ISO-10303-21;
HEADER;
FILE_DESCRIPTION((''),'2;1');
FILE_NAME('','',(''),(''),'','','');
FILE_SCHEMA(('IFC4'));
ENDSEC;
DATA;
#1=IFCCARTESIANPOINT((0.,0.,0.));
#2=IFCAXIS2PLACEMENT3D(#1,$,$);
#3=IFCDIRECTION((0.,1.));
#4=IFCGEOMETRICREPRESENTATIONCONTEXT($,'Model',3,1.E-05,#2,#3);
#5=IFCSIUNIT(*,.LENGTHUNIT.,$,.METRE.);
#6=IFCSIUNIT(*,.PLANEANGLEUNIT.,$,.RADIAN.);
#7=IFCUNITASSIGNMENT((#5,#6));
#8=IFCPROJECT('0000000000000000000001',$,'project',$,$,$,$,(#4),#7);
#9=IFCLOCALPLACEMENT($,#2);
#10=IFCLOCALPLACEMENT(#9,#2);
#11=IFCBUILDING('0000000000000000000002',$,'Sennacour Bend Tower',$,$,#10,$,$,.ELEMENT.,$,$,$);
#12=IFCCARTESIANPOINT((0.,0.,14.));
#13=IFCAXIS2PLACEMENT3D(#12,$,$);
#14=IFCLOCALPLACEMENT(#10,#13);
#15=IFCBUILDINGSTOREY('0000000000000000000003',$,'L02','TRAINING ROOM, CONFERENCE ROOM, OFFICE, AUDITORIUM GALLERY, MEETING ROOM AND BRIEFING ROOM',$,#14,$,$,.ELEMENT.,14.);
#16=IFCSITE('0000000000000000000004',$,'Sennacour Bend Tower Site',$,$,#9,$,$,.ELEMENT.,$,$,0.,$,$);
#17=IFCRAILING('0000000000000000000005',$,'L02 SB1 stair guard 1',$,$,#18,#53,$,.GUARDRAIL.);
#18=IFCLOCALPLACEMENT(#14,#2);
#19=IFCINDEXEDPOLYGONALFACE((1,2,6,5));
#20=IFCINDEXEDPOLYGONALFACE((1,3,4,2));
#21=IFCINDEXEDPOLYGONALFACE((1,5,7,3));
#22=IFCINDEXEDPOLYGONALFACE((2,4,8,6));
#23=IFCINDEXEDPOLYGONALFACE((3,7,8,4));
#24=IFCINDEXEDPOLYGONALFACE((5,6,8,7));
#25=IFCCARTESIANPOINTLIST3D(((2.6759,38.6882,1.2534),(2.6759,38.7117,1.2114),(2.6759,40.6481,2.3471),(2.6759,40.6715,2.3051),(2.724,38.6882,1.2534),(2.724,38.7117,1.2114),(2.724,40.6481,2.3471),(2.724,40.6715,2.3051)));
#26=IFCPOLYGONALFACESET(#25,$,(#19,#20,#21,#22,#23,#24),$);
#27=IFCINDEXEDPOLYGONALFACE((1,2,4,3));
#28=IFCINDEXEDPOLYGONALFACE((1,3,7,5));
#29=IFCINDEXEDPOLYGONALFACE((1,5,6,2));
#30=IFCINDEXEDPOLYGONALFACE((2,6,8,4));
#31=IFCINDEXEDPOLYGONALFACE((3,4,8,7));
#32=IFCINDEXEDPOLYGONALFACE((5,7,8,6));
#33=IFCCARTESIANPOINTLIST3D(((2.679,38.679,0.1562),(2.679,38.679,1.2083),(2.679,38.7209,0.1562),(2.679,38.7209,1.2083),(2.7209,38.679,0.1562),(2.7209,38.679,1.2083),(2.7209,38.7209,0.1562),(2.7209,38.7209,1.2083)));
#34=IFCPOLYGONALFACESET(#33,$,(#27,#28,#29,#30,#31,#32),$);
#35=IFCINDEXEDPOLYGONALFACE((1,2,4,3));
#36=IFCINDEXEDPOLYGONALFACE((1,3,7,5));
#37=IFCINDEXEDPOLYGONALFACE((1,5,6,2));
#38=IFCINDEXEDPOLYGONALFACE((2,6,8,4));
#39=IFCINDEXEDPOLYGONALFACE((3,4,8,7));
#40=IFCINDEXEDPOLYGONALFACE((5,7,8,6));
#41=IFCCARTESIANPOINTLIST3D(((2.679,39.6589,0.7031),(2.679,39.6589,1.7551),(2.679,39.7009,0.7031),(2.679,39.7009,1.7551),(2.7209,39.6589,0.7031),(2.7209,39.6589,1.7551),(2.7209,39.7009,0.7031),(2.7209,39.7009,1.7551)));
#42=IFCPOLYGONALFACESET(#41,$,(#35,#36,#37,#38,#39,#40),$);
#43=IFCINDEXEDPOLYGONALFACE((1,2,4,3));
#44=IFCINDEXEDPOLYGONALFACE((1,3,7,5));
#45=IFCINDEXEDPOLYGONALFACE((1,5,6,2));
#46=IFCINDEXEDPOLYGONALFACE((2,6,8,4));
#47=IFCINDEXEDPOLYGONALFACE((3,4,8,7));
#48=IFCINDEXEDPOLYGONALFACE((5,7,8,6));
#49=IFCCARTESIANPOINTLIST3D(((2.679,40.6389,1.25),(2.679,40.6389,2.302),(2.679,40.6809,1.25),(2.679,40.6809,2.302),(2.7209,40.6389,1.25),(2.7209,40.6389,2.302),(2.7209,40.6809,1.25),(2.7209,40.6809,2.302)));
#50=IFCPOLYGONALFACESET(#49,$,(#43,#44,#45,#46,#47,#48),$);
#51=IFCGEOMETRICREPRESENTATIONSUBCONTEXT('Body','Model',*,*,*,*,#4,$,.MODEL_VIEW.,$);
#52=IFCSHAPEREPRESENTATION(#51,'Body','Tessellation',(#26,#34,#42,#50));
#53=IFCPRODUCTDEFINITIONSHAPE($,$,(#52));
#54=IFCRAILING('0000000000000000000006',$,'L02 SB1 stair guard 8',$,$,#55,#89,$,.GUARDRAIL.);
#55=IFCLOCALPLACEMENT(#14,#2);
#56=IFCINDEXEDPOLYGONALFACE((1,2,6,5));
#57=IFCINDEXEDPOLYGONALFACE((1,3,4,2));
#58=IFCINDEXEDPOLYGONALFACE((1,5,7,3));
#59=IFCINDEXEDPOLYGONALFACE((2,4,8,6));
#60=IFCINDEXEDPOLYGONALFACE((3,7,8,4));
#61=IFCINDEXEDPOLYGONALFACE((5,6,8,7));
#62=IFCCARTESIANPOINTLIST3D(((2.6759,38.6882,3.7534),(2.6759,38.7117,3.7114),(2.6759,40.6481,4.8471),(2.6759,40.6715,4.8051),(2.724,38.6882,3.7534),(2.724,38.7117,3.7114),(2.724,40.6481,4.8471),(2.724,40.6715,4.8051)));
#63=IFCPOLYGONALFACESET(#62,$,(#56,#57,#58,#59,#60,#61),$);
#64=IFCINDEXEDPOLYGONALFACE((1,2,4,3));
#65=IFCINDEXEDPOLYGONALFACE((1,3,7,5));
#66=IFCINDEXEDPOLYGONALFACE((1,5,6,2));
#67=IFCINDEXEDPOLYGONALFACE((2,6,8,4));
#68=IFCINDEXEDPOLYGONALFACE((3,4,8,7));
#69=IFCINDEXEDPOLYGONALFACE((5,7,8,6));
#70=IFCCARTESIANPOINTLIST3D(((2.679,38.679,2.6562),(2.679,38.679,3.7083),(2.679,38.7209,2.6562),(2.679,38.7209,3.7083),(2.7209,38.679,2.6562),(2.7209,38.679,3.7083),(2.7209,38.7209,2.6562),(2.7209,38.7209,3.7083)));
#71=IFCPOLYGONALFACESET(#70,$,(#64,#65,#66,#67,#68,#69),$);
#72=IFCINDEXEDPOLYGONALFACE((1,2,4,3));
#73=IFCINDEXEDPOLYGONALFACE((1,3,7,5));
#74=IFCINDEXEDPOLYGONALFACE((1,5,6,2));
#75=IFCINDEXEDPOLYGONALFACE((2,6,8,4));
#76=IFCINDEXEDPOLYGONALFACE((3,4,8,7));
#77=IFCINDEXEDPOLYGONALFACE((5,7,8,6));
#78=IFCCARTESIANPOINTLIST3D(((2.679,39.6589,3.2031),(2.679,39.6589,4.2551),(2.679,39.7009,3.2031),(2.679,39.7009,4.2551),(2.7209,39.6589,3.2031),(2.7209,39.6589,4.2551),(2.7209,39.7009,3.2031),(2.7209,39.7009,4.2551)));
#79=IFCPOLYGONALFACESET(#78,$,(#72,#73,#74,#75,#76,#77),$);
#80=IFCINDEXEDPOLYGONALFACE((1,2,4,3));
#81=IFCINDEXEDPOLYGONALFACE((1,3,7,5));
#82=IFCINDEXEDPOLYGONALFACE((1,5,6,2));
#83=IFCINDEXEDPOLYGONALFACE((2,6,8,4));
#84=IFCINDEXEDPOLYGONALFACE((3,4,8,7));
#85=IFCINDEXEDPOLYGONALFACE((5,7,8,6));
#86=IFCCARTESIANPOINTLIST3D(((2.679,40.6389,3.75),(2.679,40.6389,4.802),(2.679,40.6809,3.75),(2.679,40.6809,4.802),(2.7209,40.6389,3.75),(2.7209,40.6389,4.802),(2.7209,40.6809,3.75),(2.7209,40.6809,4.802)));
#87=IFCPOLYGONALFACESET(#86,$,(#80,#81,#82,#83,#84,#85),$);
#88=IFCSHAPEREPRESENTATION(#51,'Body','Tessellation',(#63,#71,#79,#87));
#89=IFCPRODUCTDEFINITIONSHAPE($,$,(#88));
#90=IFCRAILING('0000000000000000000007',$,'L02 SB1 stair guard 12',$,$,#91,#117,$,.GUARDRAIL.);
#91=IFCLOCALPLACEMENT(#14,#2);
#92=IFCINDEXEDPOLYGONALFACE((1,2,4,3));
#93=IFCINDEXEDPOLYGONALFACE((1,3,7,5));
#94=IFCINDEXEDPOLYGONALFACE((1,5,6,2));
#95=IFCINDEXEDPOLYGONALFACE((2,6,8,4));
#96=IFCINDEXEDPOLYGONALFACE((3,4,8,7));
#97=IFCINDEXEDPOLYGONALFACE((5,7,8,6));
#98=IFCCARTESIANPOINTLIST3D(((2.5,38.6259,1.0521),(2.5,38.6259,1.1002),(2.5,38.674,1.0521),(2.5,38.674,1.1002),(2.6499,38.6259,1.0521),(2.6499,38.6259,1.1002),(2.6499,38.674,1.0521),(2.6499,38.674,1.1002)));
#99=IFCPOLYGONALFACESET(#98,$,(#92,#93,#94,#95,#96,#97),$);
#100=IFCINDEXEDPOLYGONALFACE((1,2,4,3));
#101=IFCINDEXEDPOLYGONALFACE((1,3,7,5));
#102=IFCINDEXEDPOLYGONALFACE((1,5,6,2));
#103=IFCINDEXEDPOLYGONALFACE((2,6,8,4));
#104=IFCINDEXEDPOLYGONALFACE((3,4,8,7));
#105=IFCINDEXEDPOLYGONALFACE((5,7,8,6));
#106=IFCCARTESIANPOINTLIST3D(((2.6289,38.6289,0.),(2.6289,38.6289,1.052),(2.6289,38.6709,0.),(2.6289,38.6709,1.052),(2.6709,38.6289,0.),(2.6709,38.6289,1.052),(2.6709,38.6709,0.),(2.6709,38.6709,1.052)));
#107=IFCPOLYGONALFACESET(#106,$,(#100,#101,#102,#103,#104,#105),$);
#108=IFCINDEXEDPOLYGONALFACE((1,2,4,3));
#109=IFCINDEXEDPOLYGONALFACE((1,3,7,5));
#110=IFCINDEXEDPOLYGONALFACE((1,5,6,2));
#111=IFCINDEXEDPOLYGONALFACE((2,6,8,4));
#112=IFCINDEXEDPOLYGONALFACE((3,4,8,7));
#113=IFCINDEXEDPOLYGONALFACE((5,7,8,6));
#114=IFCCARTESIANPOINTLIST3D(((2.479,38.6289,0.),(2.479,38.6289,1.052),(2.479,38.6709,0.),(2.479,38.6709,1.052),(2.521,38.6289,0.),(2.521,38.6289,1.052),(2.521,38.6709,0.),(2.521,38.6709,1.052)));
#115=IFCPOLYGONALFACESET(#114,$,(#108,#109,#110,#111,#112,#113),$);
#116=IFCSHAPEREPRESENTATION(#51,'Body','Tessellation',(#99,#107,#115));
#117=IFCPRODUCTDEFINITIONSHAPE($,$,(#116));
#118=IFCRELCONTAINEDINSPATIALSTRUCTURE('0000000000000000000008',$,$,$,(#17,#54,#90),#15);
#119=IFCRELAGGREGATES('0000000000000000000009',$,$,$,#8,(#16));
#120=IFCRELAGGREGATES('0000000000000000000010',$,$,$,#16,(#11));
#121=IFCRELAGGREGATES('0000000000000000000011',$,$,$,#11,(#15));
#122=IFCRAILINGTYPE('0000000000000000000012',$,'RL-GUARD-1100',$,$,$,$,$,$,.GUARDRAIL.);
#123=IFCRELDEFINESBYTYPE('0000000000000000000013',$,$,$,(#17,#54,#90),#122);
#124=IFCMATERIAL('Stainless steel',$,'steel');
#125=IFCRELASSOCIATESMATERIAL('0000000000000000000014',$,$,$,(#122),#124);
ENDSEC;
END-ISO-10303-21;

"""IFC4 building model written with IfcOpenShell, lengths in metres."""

from ifc_helpers import new_model, si_unit, direction, frame, origin, origin_2d, place, context, subcontext, project, spatial, rectangle, extrude, material, type_object, element, save


model = new_model("IFC4")

# Units and contexts
model_context = context("Model", 3, precision=1e-05, world=origin(), true_north=direction((0.0, 1.0)))
body_context = subcontext(model_context, "Body", "Model", "MODEL_VIEW")
ifc_project = project(units=[si_unit("LENGTHUNIT", "METRE"), si_unit("PLANEANGLEUNIT", "RADIAN")], contexts=[model_context])

# Site, building, storey
site_placement = place(None, origin())
site = spatial("IfcSite", under=ifc_project, at=site_placement, Name="Sennacour Bend Tower Site", CompositionType="ELEMENT", RefElevation=0.0)
building_placement = place(site_placement, origin())
building = spatial("IfcBuilding", under=site, at=building_placement, Name="Sennacour Bend Tower", CompositionType="ELEMENT")
storey_placement = place(building_placement, frame((0.0, 0.0, 14.0)))
storey = spatial("IfcBuildingStorey", under=building, at=storey_placement, Name="L02", Description="TRAINING ROOM, CONFERENCE ROOM, OFFICE, AUDITORIUM GALLERY, MEETING ROOM AND BRIEFING ROOM", CompositionType="ELEMENT", Elevation=14.0)

# Shared definitions
ifc_material_1 = material(Name="Stainless steel", Category="steel")

# Railings
railing_type = type_object("IfcRailingType", Name="RL-GUARD-1100", PredefinedType="GUARDRAIL", material=ifc_material_1)
for number, where, name in (
    (1, (2.7, 38.7, 0.1562), "L02 SB1 stair guard 1"),
    (2, (2.7, 38.7, 2.6562), "L02 SB1 stair guard 8"),
):
    element("IfcRailing", number, at=place(storey_placement, frame(where)), inside=storey, type_object=railing_type, Name=name, PredefinedType="GUARDRAIL", context=body_context, shape_type="SweptSolid", body=[
        extrude(rectangle(XDim=0.0481, YDim=0.0481, at=origin_2d()), frame((0.0, 0.0, 1.0762), z_axis=(0.0, 0.873232, 0.487304), x_axis=(-1.0, 0.0, 0.0)), (0.0, 0.0, 1.0), 2.2444),
        extrude(rectangle(XDim=0.042, YDim=0.042, at=origin_2d()), origin(), (0.0, 0.0, 1.0), 1.052),
        extrude(rectangle(XDim=0.042, YDim=0.042, at=origin_2d()), frame((0.0, 0.98, 0.5469)), (0.0, 0.0, 1.0), 1.052),
        extrude(rectangle(XDim=0.042, YDim=0.042, at=origin_2d()), frame((0.0, 1.96, 1.0938)), (0.0, 0.0, 1.0), 1.052),
    ])
railing_placement = place(storey_placement, frame((2.6499, 38.6499, 0.0)))
element("IfcRailing", 3, at=railing_placement, inside=storey, type_object=railing_type, Name="L02 SB1 stair guard 12", PredefinedType="GUARDRAIL", context=body_context, shape_type="SweptSolid", body=[
    extrude(rectangle(XDim=0.0481, YDim=0.0481, at=origin_2d()), frame((0.0, 0.0, 1.0762), z_axis=(-1.0, 0.0, 0.0), x_axis=(0.0, -1.0, 0.0)), (0.0, 0.0, 1.0), 0.1499),
    extrude(rectangle(XDim=0.042, YDim=0.042, at=origin_2d()), origin(), (0.0, 0.0, 1.0), 1.052),
    extrude(rectangle(XDim=0.042, YDim=0.042, at=origin_2d()), frame((-0.1499, 0.0, 0.0)), (0.0, 0.0, 1.0), 1.052),
])

save(model, "model.ifc")
